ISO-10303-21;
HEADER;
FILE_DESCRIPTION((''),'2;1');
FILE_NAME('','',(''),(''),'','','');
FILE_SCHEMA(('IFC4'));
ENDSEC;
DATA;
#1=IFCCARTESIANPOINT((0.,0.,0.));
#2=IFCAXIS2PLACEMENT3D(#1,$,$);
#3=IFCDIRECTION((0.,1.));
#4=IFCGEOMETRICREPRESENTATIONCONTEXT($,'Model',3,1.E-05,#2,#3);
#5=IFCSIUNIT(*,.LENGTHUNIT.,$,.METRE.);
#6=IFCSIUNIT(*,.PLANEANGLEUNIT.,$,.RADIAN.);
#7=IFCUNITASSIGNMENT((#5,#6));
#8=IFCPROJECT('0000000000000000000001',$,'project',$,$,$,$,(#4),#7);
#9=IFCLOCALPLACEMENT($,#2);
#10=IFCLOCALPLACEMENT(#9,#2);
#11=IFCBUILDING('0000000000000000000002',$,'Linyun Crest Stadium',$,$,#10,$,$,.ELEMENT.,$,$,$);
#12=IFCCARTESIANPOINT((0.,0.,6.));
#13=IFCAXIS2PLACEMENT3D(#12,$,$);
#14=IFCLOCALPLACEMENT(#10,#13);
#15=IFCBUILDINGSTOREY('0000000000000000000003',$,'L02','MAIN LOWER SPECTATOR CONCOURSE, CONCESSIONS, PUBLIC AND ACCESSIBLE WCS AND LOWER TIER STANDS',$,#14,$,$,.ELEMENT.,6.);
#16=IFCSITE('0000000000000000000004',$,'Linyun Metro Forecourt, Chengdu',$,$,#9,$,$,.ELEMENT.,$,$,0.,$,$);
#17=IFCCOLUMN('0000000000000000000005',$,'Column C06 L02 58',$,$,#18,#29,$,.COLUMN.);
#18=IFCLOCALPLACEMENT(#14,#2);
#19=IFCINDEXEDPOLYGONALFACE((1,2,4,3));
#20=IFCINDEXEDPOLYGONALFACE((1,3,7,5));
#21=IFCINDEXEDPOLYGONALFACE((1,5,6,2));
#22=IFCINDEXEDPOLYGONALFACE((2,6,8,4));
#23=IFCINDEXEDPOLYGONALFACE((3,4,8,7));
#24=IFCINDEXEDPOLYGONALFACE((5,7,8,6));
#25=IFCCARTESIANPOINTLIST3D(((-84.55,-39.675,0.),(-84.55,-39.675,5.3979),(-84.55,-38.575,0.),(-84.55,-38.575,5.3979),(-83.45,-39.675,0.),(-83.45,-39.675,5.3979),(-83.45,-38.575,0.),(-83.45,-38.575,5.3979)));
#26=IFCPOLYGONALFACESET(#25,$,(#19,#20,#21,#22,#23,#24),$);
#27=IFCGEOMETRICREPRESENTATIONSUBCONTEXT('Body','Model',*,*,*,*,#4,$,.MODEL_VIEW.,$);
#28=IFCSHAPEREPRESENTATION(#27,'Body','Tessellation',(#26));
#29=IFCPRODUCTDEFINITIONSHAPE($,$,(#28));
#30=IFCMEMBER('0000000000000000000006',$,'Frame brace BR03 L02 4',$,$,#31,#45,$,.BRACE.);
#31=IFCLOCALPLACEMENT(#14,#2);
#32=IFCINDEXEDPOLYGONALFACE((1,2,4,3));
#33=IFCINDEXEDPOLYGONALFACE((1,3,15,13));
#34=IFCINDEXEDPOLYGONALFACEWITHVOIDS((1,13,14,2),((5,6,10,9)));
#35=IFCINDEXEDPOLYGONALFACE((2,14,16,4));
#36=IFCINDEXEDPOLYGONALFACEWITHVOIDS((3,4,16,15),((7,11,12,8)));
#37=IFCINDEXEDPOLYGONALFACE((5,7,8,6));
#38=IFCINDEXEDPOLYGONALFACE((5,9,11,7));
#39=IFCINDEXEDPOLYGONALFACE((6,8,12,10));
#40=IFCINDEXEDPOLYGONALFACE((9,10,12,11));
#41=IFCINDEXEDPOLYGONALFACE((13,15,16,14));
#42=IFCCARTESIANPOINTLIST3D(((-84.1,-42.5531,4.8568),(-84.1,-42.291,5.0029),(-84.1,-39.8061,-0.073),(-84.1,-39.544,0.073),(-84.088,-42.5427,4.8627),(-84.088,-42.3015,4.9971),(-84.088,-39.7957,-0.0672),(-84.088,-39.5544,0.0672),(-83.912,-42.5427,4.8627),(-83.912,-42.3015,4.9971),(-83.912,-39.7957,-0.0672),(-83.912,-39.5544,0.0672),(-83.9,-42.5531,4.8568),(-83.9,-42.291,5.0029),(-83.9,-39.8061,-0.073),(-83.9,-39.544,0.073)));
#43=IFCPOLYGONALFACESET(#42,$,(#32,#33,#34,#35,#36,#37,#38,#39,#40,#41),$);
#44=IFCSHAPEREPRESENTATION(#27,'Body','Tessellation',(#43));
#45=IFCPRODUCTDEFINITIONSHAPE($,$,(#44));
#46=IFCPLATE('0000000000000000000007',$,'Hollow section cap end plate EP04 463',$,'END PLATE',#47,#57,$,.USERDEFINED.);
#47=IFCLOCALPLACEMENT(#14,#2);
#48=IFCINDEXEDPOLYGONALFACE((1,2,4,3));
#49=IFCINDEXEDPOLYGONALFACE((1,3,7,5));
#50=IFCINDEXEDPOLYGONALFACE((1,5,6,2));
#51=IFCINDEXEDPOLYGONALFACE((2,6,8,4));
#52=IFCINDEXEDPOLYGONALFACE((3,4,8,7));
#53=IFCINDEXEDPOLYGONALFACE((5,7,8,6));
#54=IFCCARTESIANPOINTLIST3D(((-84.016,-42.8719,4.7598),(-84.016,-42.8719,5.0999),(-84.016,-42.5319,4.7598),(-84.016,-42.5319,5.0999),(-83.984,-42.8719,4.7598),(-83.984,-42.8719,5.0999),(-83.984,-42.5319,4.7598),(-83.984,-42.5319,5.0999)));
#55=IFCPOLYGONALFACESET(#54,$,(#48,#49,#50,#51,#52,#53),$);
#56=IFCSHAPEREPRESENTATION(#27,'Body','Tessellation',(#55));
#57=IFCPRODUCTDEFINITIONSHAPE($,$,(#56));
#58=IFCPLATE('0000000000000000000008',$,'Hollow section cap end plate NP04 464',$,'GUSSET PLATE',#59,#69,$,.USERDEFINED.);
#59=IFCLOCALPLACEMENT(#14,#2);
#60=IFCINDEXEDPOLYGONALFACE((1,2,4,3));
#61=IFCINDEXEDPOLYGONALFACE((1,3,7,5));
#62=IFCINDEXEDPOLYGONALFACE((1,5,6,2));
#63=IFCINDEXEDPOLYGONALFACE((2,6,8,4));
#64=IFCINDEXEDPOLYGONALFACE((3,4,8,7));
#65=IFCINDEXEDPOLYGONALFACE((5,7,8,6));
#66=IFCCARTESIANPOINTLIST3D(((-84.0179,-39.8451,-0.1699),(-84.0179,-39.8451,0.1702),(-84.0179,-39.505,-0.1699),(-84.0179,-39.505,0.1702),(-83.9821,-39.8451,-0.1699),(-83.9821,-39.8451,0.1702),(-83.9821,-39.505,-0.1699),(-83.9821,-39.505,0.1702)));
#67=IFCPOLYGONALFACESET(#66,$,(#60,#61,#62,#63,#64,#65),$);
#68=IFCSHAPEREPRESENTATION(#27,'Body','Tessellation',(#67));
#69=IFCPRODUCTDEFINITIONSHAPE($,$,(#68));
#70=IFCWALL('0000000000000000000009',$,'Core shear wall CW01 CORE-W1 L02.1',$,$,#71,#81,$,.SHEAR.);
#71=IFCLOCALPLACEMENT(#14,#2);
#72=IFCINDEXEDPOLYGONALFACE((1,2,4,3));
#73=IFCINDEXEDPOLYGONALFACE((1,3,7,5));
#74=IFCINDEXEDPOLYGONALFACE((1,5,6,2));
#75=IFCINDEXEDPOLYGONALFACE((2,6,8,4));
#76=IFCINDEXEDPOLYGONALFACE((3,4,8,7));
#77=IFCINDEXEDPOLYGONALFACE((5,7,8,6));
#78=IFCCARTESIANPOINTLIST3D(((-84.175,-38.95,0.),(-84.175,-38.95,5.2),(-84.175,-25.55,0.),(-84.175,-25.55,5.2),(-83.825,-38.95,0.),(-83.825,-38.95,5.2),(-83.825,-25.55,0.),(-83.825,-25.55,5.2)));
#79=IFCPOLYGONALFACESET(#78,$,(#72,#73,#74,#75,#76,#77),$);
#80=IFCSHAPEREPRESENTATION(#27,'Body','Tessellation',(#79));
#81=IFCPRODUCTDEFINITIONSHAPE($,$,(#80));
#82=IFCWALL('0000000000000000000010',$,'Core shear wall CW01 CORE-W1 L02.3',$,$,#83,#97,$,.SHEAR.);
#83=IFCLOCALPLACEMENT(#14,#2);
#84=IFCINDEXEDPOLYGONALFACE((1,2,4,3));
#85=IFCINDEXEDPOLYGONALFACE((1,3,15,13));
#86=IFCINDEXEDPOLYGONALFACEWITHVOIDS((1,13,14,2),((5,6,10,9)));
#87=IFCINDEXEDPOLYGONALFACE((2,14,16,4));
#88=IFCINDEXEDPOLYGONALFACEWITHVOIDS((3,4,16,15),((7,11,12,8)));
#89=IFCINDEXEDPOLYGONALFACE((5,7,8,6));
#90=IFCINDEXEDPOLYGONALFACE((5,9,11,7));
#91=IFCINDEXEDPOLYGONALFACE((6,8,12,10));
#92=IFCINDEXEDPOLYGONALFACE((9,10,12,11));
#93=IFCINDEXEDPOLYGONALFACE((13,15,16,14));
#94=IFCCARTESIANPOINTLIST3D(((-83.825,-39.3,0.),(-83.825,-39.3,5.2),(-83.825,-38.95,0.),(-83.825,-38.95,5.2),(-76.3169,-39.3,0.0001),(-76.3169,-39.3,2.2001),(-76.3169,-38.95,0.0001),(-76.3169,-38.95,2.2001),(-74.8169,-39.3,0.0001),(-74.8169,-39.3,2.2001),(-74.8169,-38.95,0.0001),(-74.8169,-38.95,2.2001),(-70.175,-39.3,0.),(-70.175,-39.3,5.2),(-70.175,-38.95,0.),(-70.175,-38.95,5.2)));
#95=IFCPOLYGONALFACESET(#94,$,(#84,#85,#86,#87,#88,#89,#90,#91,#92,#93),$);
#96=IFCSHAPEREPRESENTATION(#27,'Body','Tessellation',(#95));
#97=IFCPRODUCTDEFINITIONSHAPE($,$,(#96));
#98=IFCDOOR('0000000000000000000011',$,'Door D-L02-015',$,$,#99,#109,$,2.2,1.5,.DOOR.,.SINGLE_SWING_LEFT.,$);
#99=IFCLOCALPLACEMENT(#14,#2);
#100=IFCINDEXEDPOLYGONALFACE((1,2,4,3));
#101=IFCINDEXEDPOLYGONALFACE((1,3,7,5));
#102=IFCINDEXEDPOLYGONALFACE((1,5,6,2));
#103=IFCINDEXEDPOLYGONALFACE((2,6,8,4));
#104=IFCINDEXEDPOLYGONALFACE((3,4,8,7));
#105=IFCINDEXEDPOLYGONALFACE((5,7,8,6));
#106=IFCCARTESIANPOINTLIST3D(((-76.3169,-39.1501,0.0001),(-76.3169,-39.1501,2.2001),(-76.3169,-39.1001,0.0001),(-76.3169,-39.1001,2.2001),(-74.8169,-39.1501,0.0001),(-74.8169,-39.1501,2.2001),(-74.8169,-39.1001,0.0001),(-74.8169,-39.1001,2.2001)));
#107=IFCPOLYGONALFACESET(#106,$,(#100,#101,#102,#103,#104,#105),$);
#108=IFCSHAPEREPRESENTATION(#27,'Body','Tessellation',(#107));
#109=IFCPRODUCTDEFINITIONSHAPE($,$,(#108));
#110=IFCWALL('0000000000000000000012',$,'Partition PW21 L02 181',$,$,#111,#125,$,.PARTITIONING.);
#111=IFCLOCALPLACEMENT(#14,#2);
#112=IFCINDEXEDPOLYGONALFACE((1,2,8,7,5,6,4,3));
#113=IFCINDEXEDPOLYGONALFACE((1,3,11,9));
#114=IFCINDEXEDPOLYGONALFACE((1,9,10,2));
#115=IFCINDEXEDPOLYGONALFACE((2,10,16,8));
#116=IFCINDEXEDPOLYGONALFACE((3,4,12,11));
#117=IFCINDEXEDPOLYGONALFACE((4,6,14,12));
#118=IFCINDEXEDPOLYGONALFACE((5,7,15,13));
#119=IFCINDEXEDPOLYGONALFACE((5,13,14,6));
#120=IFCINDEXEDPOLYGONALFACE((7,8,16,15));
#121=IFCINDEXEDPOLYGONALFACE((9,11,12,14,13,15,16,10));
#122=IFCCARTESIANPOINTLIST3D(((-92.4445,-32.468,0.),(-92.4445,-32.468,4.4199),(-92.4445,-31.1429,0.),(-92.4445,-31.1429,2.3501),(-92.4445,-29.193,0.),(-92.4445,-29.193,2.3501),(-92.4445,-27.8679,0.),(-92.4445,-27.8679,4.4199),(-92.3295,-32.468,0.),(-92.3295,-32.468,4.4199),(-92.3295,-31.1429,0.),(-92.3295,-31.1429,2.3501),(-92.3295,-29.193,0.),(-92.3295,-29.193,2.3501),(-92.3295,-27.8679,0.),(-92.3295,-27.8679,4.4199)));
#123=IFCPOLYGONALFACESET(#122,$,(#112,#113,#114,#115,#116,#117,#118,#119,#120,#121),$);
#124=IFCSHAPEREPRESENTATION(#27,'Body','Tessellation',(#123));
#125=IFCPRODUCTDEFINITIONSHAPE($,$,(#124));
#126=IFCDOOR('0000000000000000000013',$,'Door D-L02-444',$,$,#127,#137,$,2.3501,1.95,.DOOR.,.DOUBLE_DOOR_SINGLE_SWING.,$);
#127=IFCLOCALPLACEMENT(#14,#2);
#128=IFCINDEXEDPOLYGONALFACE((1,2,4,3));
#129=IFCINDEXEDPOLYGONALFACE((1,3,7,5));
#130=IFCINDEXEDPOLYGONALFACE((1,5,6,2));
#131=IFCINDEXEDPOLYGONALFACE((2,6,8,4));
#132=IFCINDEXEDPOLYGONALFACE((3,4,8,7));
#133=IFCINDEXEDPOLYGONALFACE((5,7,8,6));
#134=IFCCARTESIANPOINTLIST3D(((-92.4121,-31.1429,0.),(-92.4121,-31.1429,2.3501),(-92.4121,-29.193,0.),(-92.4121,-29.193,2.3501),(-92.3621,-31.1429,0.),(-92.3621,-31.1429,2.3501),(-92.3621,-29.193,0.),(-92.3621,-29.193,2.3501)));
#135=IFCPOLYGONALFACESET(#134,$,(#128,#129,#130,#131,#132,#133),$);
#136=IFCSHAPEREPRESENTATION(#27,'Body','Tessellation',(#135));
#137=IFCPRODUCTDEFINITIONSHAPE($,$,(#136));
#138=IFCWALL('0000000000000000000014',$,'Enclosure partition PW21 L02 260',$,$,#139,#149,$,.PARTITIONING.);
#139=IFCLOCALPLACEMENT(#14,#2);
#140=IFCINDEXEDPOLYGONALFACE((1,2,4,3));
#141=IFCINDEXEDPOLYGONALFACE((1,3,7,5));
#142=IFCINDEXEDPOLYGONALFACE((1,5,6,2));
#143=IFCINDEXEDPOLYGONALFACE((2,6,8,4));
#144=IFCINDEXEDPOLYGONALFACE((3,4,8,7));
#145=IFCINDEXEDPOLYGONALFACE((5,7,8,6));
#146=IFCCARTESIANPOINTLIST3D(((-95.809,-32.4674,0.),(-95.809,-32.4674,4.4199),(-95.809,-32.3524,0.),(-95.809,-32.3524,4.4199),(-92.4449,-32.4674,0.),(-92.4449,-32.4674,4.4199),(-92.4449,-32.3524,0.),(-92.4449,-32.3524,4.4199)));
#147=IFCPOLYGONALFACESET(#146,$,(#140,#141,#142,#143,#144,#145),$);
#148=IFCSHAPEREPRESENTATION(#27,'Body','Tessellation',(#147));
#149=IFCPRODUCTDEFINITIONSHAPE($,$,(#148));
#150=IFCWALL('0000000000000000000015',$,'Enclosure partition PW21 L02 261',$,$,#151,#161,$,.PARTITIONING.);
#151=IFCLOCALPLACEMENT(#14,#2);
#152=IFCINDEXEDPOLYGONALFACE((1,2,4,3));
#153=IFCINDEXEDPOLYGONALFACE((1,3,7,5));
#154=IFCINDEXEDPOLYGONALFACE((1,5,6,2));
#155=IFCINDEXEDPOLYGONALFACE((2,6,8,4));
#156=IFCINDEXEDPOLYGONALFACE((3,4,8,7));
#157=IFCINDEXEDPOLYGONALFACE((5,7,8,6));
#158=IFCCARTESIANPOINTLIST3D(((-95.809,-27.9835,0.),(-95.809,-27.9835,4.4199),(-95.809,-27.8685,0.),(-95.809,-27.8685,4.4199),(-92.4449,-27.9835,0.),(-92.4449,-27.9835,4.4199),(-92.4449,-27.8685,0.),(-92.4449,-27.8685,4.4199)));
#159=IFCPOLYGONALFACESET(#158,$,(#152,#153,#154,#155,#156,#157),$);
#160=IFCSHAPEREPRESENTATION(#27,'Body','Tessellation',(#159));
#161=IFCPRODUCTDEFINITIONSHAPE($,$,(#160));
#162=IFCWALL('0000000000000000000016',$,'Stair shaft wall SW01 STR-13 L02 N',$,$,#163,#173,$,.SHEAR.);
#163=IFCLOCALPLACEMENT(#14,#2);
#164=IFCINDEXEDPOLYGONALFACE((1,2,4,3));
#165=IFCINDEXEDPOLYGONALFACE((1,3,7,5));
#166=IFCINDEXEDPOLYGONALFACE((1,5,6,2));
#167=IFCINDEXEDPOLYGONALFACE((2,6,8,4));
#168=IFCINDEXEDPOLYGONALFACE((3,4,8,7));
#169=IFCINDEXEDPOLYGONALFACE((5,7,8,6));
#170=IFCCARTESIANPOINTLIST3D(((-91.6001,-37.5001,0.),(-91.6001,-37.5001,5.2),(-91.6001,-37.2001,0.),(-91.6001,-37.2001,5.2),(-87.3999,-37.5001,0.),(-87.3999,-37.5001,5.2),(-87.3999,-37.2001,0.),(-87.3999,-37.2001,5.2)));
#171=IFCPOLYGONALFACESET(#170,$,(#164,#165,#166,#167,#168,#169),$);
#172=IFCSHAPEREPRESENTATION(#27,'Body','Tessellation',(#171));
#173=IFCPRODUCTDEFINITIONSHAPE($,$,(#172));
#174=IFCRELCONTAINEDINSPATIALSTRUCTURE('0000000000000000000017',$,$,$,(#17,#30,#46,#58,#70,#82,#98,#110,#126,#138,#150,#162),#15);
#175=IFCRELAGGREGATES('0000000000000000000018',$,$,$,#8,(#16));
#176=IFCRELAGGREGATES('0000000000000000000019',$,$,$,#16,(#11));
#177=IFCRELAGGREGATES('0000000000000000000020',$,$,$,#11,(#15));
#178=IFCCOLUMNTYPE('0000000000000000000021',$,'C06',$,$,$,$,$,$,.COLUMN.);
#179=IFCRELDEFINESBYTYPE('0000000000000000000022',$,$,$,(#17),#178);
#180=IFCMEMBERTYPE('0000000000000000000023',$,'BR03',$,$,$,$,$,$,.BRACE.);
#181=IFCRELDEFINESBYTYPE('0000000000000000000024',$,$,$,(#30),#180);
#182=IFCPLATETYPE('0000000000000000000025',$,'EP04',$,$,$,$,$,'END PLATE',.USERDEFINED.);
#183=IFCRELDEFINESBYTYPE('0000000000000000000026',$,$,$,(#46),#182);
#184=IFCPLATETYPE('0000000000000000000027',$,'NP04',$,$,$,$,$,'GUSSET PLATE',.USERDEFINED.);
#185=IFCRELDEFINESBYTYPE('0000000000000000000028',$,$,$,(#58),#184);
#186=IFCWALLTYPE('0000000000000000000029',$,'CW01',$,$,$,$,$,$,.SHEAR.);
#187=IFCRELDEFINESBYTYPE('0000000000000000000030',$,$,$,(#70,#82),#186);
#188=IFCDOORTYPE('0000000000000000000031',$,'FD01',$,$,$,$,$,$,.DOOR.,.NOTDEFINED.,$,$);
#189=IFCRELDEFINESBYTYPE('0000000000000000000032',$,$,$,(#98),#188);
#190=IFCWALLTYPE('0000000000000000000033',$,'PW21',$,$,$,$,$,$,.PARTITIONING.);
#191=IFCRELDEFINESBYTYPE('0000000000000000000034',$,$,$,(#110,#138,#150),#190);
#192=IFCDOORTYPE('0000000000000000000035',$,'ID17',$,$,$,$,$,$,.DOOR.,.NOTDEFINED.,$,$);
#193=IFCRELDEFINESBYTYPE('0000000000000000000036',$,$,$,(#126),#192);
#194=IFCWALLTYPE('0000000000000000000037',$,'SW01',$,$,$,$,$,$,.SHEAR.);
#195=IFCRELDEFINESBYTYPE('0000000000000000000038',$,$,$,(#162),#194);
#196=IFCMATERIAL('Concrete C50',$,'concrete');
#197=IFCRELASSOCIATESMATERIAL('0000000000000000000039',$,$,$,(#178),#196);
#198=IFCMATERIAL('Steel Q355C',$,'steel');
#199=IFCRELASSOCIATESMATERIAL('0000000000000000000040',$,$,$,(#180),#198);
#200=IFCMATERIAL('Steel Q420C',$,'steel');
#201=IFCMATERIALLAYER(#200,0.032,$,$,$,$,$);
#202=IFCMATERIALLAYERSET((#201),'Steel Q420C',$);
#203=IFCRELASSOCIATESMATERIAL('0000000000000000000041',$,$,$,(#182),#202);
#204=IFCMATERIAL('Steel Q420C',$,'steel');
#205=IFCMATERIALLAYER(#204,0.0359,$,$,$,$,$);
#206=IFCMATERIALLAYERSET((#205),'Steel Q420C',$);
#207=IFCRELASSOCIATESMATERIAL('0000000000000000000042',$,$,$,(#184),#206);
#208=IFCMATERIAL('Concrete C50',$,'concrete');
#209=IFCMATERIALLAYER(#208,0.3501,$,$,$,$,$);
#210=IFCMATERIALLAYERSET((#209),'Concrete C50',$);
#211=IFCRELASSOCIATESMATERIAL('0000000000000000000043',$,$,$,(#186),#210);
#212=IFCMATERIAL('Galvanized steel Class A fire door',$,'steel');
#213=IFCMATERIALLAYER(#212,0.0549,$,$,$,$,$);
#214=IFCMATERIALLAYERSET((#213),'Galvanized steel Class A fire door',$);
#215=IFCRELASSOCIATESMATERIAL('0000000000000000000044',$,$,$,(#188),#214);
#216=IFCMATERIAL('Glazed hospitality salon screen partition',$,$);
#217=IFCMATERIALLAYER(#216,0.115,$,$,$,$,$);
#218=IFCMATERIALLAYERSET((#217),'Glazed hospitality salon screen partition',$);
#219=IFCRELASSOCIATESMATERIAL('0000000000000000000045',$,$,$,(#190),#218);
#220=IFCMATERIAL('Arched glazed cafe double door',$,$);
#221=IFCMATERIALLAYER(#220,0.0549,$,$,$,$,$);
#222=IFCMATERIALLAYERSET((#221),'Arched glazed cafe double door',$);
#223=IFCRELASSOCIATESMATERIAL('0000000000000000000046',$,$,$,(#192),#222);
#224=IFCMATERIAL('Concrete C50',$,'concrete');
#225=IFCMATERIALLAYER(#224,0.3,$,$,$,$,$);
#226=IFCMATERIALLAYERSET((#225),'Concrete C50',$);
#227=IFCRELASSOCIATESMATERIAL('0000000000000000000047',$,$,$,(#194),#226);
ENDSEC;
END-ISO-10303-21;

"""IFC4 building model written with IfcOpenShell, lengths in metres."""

from ifc_helpers import new_model, si_unit, direction, frame, frame_2d, origin, origin_2d, place, context, subcontext, project, spatial, rectangle, hollow_rectangle, extrude, material, layer, layer_set, material_profile, profile_set, type_object, element, fill, save


model = new_model("IFC4")

# Units and contexts
model_context = context("Model", 3, precision=1e-05, world=origin(), true_north=direction((0.0, 1.0)))
body_context = subcontext(model_context, "Body", "Model", "MODEL_VIEW")
ifc_project = project(units=[si_unit("LENGTHUNIT", "METRE"), si_unit("PLANEANGLEUNIT", "RADIAN")], contexts=[model_context])

# Site, building, storey
site_placement = place(None, origin())
site = spatial("IfcSite", under=ifc_project, at=site_placement, Name="Linyun Metro Forecourt, Chengdu", CompositionType="ELEMENT", RefElevation=0.0)
building_placement = place(site_placement, origin())
building = spatial("IfcBuilding", under=site, at=building_placement, Name="Linyun Crest Stadium", CompositionType="ELEMENT")
storey_placement = place(building_placement, frame((0.0, 0.0, 6.0)))
storey = spatial("IfcBuildingStorey", under=building, at=storey_placement, Name="L02", Description="MAIN LOWER SPECTATOR CONCOURSE, CONCESSIONS, PUBLIC AND ACCESSIBLE WCS AND LOWER TIER STANDS", CompositionType="ELEMENT", Elevation=6.0)

# Column
ifc_material_1 = material(Name="Concrete C50", Category="concrete")
ifc_material_profile_1 = material_profile(ifc_material_1, rectangle(XDim=1.1001, YDim=1.1001, at=origin_2d()), Name="RC 1100x1100")
ifc_profile_set_1 = profile_set([ifc_material_profile_1], Name="Concrete C50")
column_type = type_object("IfcColumnType", Name="C06", PredefinedType="COLUMN", material=ifc_profile_set_1)
column_placement = place(storey_placement, frame((-84.0, -39.125, 0.0), z_axis=(0.0, 0.0, 1.0), x_axis=(1.0, 0.0, 0.0)))
element("IfcColumn", 1, at=column_placement, inside=storey, type_object=column_type, Name="Column C06 L02 58", PredefinedType="COLUMN", context=body_context, shape_type="SweptSolid", body=[
    extrude(rectangle(XDim=1.1001, YDim=1.1001, at=origin_2d()), origin(), (0.0, 0.0, 1.0), 5.3979),
])

# Member
ifc_material_2 = material(Name="Steel Q355C", Category="steel")
ifc_material_profile_2 = material_profile(ifc_material_2, hollow_rectangle(XDim=0.2, YDim=0.3, WallThickness=0.012, at=origin_2d()), Name="RHS 300x200x12")
ifc_profile_set_2 = profile_set([ifc_material_profile_2], Name="Steel Q355C")
member_type = type_object("IfcMemberType", Name="BR03", PredefinedType="BRACE", material=ifc_profile_set_2)
member_placement = place(storey_placement, frame((-84.0, -39.675, 0.0), z_axis=(0.0, -0.486755, 0.873538), x_axis=(1.0, 0.0, 0.0)))
element("IfcMember", 2, at=member_placement, inside=storey, type_object=member_type, Name="Frame brace BR03 L02 4", PredefinedType="BRACE", context=body_context, shape_type="SweptSolid", body=[
    extrude(hollow_rectangle(XDim=0.2, YDim=0.3, WallThickness=0.012, at=origin_2d()), origin(), (0.0, 0.0, 1.0), 5.6436),
])

# Plates
ifc_material_3 = material(Name="Steel Q420C", Category="steel")
ifc_layer_1 = layer(ifc_material_3, 0.032)
ifc_layer_set_1 = layer_set([ifc_layer_1], Name="Steel Q420C")
plate_type_1 = type_object("IfcPlateType", Name="EP04", ElementType="END PLATE", PredefinedType="USERDEFINED", material=ifc_layer_set_1)
plate_1_placement = place(storey_placement, frame((-84.0, -42.7019, 4.7598), z_axis=(0.0, 0.0, 1.0), x_axis=(0.0, 1.0, 0.0)))
element("IfcPlate", 3, at=plate_1_placement, inside=storey, type_object=plate_type_1, Name="Hollow section cap end plate EP04 463", ObjectType="END PLATE", PredefinedType="USERDEFINED", context=body_context, shape_type="SweptSolid", body=[
    extrude(rectangle(XDim=0.3401, YDim=0.032, at=origin_2d()), origin(), (0.0, 0.0, 1.0), 0.3401),
])
ifc_material_4 = material(Name="Steel Q420C", Category="steel")
ifc_layer_2 = layer(ifc_material_4, 0.0359)
ifc_layer_set_2 = layer_set([ifc_layer_2], Name="Steel Q420C")
plate_type_2 = type_object("IfcPlateType", Name="NP04", ElementType="GUSSET PLATE", PredefinedType="USERDEFINED", material=ifc_layer_set_2)
plate_2_placement = place(storey_placement, frame((-84.0, -39.675, -0.1699), z_axis=(0.0, 0.0, 1.0), x_axis=(0.0, 1.0, 0.0)))
element("IfcPlate", 4, at=plate_2_placement, inside=storey, type_object=plate_type_2, Name="Hollow section cap end plate NP04 464", ObjectType="GUSSET PLATE", PredefinedType="USERDEFINED", context=body_context, shape_type="SweptSolid", body=[
    extrude(rectangle(XDim=0.3401, YDim=0.0359, at=origin_2d()), origin(), (0.0, 0.0, 1.0), 0.3401),
])

# Wall
ifc_material_5 = material(Name="Concrete C50", Category="concrete")
ifc_layer_3 = layer(ifc_material_5, 0.3501)
ifc_layer_set_3 = layer_set([ifc_layer_3], Name="Concrete C50")
wall_type_1 = type_object("IfcWallType", Name="CW01", PredefinedType="SHEAR", material=ifc_layer_set_3)
wall_1_placement = place(storey_placement, frame((-84.0, -38.95, 0.0), z_axis=(0.0, 0.0, 1.0), x_axis=(0.0, 1.0, 0.0)))
element("IfcWall", 5, at=wall_1_placement, inside=storey, type_object=wall_type_1, Name="Core shear wall CW01 CORE-W1 L02.1", PredefinedType="SHEAR", context=body_context, shape_type="SweptSolid", body=[
    extrude(rectangle(XDim=13.3999, YDim=0.3501, at=frame_2d((6.7, 0.0))), origin(), (0.0, 0.0, 1.0), 5.2),
])

# Walls, openings, doors
wall_2_placement = place(storey_placement, frame((-83.825, -39.125, 0.0), z_axis=(0.0, 0.0, 1.0), x_axis=(1.0, 0.0, 0.0)))
wall_2 = element("IfcWall", 6, at=wall_2_placement, inside=storey, type_object=wall_type_1, Name="Core shear wall CW01 CORE-W1 L02.3", PredefinedType="SHEAR", context=body_context, shape_type="SweptSolid", body=[
    extrude(rectangle(XDim=13.6499, YDim=0.3501, at=frame_2d((6.825, 0.0))), origin(), (0.0, 0.0, 1.0), 5.2),
])
opening_1_placement = place(wall_2_placement, frame((7.5081, 0.0, 0.0)))
opening_1 = element("IfcOpeningElement", 7, at=opening_1_placement, cuts=wall_2, PredefinedType="OPENING", context=body_context, shape_type="SweptSolid", body=[
    extrude(rectangle(XDim=1.5, YDim=2.2, at=frame_2d((0.75, 1.1001))), frame((0.0, 0.1851, 0.0), z_axis=(0.0, -1.0, 0.0), x_axis=(1.0, 0.0, 0.0)), (0.0, 0.0, 1.0), 0.3701),
])
ifc_material_6 = material(Name="Galvanized steel Class A fire door", Category="steel")
ifc_layer_4 = layer(ifc_material_6, 0.0549)
ifc_layer_set_4 = layer_set([ifc_layer_4], Name="Galvanized steel Class A fire door")
door_type_1 = type_object("IfcDoorType", Name="FD01", OperationType="NOTDEFINED", PredefinedType="DOOR", material=ifc_layer_set_4)
door_1_placement = place(opening_1_placement, origin())
door_1 = element("IfcDoor", 8, at=door_1_placement, inside=storey, type_object=door_type_1, Name="Door D-L02-015", OperationType="SINGLE_SWING_LEFT", OverallHeight=2.2, OverallWidth=1.5, PredefinedType="DOOR", context=body_context, shape_type="SweptSolid", body=[
    extrude(rectangle(XDim=1.5, YDim=2.2, at=frame_2d((0.75, 1.1001))), frame((0.0, 0.0249, 0.0), z_axis=(0.0, -1.0, 0.0), x_axis=(1.0, 0.0, 0.0)), (0.0, 0.0, 1.0), 0.05),
])
fill(opening_1, door_1)
ifc_material_7 = material(Name="Glazed hospitality salon screen partition")
ifc_layer_5 = layer(ifc_material_7, 0.115)
ifc_layer_set_5 = layer_set([ifc_layer_5], Name="Glazed hospitality salon screen partition")
wall_type_2 = type_object("IfcWallType", Name="PW21", PredefinedType="PARTITIONING", material=ifc_layer_set_5)
wall_3_placement = place(storey_placement, frame((-92.387, -27.8679, 0.0), z_axis=(0.0, 0.0, 1.0), x_axis=(0.0, -1.0, 0.0)))
wall_3 = element("IfcWall", 9, at=wall_3_placement, inside=storey, type_object=wall_type_2, Name="Partition PW21 L02 181", PredefinedType="PARTITIONING", context=body_context, shape_type="SweptSolid", body=[
    extrude(rectangle(XDim=4.6001, YDim=0.115, at=frame_2d((2.3, 0.0))), origin(), (0.0, 0.0, 1.0), 4.4199),
])
opening_2_placement = place(wall_3_placement, frame((1.325, 0.0, 0.0)))
opening_2 = element("IfcOpeningElement", 10, at=opening_2_placement, cuts=wall_3, PredefinedType="OPENING", context=body_context, shape_type="SweptSolid", body=[
    extrude(rectangle(XDim=1.95, YDim=2.3501, at=frame_2d((0.9751, 1.175))), frame((0.0, 0.0674, 0.0), z_axis=(0.0, -1.0, 0.0), x_axis=(1.0, 0.0, 0.0)), (0.0, 0.0, 1.0), 0.135),
])
ifc_material_8 = material(Name="Arched glazed cafe double door")
ifc_layer_6 = layer(ifc_material_8, 0.0549)
ifc_layer_set_6 = layer_set([ifc_layer_6], Name="Arched glazed cafe double door")
door_type_2 = type_object("IfcDoorType", Name="ID17", OperationType="NOTDEFINED", PredefinedType="DOOR", material=ifc_layer_set_6)
door_2_placement = place(opening_2_placement, origin())
door_2 = element("IfcDoor", 11, at=door_2_placement, inside=storey, type_object=door_type_2, Name="Door D-L02-444", OperationType="DOUBLE_DOOR_SINGLE_SWING", OverallHeight=2.3501, OverallWidth=1.95, PredefinedType="DOOR", context=body_context, shape_type="SweptSolid", body=[
    extrude(rectangle(XDim=1.95, YDim=2.3501, at=frame_2d((0.9751, 1.175))), frame((0.0, 0.0249, 0.0), z_axis=(0.0, -1.0, 0.0), x_axis=(1.0, 0.0, 0.0)), (0.0, 0.0, 1.0), 0.05),
])
fill(opening_2, door_2)

# Walls
for number, where, z_axis, x_axis, name in (
    (12, (-95.8091, -32.4099, 0.0), (0.0, 0.0, 1.0), (1.0, 0.0, 0.0), "Enclosure partition PW21 L02 260"),
    (13, (-95.8091, -27.926, 0.0), (0.0, 0.0, 1.0), (1.0, 0.0, 0.0), "Enclosure partition PW21 L02 261"),
):
    element("IfcWall", number, at=place(storey_placement, frame(where, z_axis=z_axis, x_axis=x_axis)), inside=storey, type_object=wall_type_2, Name=name, PredefinedType="PARTITIONING", context=body_context, shape_type="SweptSolid", body=[
        extrude(rectangle(XDim=3.364, YDim=0.115, at=frame_2d((1.6821, 0.0))), origin(), (0.0, 0.0, 1.0), 4.4199),
    ])
ifc_material_9 = material(Name="Concrete C50", Category="concrete")
ifc_layer_7 = layer(ifc_material_9, 0.3)
ifc_layer_set_7 = layer_set([ifc_layer_7], Name="Concrete C50")
wall_type_3 = type_object("IfcWallType", Name="SW01", PredefinedType="SHEAR", material=ifc_layer_set_7)
wall_4_placement = place(storey_placement, frame((-91.6001, -37.3501, 0.0), z_axis=(0.0, 0.0, 1.0), x_axis=(1.0, 0.0, 0.0)))
element("IfcWall", 14, at=wall_4_placement, inside=storey, type_object=wall_type_3, Name="Stair shaft wall SW01 STR-13 L02 N", PredefinedType="SHEAR", context=body_context, shape_type="SweptSolid", body=[
    extrude(rectangle(XDim=4.2002, YDim=0.3, at=frame_2d((2.1001, 0.0))), origin(), (0.0, 0.0, 1.0), 5.2),
])

save(model, "model.ifc")
